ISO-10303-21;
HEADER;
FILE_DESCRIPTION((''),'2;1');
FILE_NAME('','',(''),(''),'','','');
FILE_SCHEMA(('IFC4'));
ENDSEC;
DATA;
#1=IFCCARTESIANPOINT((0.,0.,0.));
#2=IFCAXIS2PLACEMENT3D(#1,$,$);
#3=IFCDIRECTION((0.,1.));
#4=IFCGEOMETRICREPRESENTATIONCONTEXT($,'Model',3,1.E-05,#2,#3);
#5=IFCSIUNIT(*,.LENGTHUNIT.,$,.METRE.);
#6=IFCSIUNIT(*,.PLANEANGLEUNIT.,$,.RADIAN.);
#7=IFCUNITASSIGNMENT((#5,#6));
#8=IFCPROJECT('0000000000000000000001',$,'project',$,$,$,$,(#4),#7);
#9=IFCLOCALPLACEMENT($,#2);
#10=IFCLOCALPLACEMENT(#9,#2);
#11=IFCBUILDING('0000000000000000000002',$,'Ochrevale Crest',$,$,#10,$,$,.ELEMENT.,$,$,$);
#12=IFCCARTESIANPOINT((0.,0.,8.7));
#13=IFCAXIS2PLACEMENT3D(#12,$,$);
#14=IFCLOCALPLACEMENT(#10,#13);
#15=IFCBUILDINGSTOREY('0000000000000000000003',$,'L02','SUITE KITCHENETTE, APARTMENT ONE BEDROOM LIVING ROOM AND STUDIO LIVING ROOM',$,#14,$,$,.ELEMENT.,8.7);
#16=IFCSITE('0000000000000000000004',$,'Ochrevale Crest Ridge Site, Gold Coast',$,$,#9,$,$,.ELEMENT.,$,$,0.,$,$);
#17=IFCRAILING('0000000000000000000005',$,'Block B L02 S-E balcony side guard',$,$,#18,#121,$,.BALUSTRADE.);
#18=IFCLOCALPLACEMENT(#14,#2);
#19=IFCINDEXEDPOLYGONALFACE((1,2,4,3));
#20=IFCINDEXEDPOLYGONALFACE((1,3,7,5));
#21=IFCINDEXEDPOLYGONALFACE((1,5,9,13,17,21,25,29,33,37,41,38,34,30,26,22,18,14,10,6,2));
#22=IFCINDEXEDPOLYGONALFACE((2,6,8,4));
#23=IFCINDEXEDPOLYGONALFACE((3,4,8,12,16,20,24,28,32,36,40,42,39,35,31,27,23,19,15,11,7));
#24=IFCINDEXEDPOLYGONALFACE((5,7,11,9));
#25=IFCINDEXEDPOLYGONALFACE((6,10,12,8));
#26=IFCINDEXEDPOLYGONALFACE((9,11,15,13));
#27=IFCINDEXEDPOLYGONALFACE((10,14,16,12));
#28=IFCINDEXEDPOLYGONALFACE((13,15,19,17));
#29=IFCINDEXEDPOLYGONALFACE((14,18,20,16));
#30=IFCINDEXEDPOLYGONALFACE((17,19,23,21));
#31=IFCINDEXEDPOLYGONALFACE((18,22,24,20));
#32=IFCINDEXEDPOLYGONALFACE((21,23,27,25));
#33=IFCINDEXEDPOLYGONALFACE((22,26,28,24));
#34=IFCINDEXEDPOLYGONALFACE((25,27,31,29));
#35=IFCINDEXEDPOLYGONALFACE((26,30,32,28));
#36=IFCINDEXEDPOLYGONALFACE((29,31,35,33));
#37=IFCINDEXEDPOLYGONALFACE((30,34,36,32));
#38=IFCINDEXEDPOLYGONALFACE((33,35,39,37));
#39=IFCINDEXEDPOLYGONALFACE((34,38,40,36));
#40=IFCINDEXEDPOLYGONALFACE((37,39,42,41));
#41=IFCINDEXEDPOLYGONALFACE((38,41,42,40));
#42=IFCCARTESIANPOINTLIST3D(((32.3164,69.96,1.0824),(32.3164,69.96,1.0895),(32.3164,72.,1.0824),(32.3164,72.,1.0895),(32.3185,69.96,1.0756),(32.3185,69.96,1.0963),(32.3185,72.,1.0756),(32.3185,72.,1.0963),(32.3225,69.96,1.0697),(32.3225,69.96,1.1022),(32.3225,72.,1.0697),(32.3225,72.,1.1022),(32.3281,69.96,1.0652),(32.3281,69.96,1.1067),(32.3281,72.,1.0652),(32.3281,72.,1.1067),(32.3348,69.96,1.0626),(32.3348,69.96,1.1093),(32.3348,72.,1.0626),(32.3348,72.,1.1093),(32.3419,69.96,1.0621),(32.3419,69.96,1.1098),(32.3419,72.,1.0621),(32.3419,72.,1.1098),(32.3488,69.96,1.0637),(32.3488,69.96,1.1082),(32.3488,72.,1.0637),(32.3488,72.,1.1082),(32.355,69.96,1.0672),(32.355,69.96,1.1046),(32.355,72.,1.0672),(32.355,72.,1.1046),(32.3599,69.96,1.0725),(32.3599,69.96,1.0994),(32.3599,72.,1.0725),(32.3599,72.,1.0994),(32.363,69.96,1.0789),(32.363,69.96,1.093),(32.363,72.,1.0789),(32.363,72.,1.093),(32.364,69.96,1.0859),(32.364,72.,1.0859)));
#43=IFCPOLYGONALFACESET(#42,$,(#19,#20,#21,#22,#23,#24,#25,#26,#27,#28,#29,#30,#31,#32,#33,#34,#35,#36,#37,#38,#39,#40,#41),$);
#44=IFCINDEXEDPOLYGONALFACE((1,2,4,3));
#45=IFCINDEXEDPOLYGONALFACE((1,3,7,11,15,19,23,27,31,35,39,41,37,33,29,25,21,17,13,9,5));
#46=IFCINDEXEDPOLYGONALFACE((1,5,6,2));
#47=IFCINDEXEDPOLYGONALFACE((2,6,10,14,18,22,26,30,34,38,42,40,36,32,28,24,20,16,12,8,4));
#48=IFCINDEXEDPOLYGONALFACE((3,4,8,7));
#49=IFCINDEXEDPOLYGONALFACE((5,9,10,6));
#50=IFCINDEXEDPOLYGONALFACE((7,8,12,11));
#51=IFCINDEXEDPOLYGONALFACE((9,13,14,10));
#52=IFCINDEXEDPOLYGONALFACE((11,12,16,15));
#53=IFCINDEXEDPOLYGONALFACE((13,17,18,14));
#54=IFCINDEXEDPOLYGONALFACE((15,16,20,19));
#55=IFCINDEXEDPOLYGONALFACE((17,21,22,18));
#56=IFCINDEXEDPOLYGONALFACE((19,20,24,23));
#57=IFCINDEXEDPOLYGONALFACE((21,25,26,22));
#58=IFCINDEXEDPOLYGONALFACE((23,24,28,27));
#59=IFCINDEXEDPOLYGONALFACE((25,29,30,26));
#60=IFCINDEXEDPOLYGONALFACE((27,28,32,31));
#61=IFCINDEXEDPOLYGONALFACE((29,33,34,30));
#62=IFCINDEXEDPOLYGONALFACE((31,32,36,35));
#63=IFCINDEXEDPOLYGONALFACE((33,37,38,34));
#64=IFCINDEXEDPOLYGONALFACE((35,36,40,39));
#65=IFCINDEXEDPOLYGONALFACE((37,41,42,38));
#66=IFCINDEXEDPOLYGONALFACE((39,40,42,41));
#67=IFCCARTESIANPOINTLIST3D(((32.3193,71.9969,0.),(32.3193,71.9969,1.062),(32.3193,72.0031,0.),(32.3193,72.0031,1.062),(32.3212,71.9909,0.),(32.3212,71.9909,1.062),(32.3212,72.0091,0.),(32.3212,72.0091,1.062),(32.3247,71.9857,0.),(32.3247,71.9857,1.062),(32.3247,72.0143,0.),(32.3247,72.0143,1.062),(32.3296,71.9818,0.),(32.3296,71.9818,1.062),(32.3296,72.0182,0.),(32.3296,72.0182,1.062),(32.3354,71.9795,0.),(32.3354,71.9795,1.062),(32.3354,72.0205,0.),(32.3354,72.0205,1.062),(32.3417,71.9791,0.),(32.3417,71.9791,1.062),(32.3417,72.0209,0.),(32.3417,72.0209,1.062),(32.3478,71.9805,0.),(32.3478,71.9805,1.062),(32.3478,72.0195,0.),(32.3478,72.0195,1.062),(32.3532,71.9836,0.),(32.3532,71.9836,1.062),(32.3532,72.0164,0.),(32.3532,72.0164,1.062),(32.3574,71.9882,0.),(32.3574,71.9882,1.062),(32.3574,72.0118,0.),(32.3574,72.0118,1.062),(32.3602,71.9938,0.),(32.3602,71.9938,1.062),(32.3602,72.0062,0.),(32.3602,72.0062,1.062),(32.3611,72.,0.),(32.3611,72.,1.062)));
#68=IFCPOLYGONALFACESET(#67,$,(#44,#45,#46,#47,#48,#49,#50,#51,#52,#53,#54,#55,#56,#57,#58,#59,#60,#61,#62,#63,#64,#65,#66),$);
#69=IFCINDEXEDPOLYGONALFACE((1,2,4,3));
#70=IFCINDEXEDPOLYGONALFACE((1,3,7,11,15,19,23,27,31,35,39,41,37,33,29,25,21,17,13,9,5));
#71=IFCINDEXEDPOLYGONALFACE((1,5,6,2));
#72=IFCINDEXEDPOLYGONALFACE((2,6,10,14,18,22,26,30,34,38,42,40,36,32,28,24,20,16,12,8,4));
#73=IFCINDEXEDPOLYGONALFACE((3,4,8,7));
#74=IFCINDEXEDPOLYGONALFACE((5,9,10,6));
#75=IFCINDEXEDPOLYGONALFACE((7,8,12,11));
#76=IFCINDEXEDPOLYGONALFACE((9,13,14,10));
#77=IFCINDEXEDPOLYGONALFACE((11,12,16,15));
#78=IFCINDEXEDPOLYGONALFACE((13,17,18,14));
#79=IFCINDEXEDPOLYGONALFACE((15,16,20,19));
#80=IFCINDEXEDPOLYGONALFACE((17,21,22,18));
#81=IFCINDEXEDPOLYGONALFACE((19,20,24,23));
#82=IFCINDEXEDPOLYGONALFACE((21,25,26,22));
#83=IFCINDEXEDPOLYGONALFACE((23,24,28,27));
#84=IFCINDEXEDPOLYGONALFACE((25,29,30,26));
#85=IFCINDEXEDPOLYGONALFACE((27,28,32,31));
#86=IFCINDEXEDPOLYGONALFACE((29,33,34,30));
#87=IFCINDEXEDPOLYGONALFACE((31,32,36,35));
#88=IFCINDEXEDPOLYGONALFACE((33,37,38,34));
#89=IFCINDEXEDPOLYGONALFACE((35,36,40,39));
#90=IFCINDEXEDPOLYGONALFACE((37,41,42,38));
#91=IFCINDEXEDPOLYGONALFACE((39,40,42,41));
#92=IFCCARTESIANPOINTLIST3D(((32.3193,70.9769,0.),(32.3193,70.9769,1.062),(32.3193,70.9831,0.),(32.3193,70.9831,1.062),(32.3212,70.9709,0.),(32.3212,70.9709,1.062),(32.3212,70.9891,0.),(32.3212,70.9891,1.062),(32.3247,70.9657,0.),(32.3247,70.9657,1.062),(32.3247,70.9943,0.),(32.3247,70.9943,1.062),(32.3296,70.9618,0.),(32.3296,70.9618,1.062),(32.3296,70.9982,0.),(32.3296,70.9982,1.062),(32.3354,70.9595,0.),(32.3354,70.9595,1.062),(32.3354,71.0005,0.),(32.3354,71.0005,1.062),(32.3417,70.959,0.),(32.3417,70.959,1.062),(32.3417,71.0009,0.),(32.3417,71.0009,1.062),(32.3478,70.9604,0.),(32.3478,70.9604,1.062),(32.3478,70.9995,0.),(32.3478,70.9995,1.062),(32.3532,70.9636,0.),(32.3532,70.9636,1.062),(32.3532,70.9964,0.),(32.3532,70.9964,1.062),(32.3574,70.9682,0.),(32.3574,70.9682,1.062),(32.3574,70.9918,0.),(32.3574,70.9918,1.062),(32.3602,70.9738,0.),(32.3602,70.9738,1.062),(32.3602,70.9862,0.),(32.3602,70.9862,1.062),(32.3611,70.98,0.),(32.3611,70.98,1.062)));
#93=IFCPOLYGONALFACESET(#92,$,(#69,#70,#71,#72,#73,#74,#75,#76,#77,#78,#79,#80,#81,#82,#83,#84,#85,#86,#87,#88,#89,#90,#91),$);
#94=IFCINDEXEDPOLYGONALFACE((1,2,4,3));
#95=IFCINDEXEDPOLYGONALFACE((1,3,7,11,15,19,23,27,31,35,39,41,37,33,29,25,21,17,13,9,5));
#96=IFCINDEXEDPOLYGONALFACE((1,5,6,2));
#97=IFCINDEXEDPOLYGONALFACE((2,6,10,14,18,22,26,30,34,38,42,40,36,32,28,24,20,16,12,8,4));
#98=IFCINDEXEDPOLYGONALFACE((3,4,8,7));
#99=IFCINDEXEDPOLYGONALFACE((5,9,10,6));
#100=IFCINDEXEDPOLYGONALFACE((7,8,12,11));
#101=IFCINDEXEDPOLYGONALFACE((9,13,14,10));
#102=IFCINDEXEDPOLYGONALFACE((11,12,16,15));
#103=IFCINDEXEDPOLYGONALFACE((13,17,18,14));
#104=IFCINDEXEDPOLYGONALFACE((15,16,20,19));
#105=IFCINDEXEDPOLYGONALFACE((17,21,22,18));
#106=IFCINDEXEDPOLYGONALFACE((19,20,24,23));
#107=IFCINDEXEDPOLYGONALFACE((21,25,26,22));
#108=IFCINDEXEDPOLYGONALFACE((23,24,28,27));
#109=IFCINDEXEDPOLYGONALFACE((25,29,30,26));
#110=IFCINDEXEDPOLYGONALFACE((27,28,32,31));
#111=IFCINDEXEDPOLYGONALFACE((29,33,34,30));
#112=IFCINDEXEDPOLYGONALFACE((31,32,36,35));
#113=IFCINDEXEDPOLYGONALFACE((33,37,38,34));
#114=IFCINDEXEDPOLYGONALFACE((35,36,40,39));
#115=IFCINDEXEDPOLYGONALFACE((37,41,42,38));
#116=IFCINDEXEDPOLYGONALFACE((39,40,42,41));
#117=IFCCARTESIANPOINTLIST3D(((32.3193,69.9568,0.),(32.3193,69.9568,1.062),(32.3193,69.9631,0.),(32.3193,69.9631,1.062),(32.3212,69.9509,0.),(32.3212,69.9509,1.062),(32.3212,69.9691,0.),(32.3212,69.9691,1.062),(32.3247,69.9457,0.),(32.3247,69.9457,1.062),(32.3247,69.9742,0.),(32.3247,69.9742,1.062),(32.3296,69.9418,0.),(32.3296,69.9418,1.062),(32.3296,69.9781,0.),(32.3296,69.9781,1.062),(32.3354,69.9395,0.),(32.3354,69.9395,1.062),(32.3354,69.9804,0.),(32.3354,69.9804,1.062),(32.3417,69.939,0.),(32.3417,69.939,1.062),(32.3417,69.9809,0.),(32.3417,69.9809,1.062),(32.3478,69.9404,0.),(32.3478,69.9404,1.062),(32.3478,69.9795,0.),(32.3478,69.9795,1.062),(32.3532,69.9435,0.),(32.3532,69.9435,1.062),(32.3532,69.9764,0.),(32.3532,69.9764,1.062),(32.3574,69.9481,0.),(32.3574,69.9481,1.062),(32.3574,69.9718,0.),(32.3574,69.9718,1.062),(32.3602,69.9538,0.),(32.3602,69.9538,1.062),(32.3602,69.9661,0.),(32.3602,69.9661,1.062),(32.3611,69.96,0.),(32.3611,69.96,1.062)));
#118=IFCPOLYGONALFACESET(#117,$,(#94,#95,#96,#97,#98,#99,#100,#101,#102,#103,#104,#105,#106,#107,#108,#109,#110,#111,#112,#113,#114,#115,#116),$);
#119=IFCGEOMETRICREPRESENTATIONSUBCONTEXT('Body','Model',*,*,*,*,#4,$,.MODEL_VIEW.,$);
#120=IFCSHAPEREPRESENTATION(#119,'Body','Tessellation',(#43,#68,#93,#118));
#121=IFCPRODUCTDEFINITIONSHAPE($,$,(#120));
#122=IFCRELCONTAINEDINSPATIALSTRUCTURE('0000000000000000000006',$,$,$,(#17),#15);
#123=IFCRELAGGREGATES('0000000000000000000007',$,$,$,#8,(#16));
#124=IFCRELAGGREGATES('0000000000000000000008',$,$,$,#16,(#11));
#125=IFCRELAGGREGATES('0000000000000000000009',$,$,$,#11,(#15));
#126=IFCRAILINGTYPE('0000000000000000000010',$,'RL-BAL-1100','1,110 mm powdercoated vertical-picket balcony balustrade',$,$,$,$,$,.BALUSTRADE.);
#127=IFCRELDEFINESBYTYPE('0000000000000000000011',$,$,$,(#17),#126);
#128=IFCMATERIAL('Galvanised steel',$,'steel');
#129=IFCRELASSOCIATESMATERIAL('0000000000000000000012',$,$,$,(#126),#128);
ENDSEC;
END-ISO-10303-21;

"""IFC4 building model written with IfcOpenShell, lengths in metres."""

from ifc_helpers import new_model, si_unit, direction, frame, origin, origin_2d, place, context, subcontext, project, spatial, circle, extrude, material, type_object, element, save


model = new_model("IFC4")

# Units and contexts
model_context = context("Model", 3, precision=1e-05, world=origin(), true_north=direction((0.0, 1.0)))
body_context = subcontext(model_context, "Body", "Model", "MODEL_VIEW")
ifc_project = project(units=[si_unit("LENGTHUNIT", "METRE"), si_unit("PLANEANGLEUNIT", "RADIAN")], contexts=[model_context])

# Site, building, storey
site_placement = place(None, origin())
site = spatial("IfcSite", under=ifc_project, at=site_placement, Name="Ochrevale Crest Ridge Site, Gold Coast", CompositionType="ELEMENT", RefElevation=0.0)
building_placement = place(site_placement, origin())
building = spatial("IfcBuilding", under=site, at=building_placement, Name="Ochrevale Crest", CompositionType="ELEMENT")
storey_placement = place(building_placement, frame((0.0, 0.0, 8.7)))
storey = spatial("IfcBuildingStorey", under=building, at=storey_placement, Name="L02", Description="SUITE KITCHENETTE, APARTMENT ONE BEDROOM LIVING ROOM AND STUDIO LIVING ROOM", CompositionType="ELEMENT", Elevation=8.7)

# Railing
ifc_material_1 = material(Name="Galvanised steel", Category="steel")
railing_type = type_object("IfcRailingType", Name="RL-BAL-1100", Description="1,110 mm powdercoated vertical-picket balcony balustrade", PredefinedType="BALUSTRADE", material=ifc_material_1)
railing_placement = place(storey_placement, frame((32.3401, 72.0, 0.0)))
element("IfcRailing", 1, at=railing_placement, inside=storey, type_object=railing_type, Name="Block B L02 S-E balcony side guard", PredefinedType="BALUSTRADE", context=body_context, shape_type="SweptSolid", body=[
    extrude(circle(Radius=0.0239, at=origin_2d()), frame((0.0, 0.0, 1.0859), z_axis=(0.0, -1.0, 0.0), x_axis=(1.0, 0.0, 0.0)), (0.0, 0.0, 1.0), 2.04),
    extrude(circle(Radius=0.021, at=origin_2d()), origin(), (0.0, 0.0, 1.0), 1.062),
    extrude(circle(Radius=0.021, at=origin_2d()), frame((0.0, -1.02, 0.0)), (0.0, 0.0, 1.0), 1.062),
    extrude(circle(Radius=0.021, at=origin_2d()), frame((0.0, -2.04, 0.0)), (0.0, 0.0, 1.0), 1.062),
])

save(model, "model.ifc")
